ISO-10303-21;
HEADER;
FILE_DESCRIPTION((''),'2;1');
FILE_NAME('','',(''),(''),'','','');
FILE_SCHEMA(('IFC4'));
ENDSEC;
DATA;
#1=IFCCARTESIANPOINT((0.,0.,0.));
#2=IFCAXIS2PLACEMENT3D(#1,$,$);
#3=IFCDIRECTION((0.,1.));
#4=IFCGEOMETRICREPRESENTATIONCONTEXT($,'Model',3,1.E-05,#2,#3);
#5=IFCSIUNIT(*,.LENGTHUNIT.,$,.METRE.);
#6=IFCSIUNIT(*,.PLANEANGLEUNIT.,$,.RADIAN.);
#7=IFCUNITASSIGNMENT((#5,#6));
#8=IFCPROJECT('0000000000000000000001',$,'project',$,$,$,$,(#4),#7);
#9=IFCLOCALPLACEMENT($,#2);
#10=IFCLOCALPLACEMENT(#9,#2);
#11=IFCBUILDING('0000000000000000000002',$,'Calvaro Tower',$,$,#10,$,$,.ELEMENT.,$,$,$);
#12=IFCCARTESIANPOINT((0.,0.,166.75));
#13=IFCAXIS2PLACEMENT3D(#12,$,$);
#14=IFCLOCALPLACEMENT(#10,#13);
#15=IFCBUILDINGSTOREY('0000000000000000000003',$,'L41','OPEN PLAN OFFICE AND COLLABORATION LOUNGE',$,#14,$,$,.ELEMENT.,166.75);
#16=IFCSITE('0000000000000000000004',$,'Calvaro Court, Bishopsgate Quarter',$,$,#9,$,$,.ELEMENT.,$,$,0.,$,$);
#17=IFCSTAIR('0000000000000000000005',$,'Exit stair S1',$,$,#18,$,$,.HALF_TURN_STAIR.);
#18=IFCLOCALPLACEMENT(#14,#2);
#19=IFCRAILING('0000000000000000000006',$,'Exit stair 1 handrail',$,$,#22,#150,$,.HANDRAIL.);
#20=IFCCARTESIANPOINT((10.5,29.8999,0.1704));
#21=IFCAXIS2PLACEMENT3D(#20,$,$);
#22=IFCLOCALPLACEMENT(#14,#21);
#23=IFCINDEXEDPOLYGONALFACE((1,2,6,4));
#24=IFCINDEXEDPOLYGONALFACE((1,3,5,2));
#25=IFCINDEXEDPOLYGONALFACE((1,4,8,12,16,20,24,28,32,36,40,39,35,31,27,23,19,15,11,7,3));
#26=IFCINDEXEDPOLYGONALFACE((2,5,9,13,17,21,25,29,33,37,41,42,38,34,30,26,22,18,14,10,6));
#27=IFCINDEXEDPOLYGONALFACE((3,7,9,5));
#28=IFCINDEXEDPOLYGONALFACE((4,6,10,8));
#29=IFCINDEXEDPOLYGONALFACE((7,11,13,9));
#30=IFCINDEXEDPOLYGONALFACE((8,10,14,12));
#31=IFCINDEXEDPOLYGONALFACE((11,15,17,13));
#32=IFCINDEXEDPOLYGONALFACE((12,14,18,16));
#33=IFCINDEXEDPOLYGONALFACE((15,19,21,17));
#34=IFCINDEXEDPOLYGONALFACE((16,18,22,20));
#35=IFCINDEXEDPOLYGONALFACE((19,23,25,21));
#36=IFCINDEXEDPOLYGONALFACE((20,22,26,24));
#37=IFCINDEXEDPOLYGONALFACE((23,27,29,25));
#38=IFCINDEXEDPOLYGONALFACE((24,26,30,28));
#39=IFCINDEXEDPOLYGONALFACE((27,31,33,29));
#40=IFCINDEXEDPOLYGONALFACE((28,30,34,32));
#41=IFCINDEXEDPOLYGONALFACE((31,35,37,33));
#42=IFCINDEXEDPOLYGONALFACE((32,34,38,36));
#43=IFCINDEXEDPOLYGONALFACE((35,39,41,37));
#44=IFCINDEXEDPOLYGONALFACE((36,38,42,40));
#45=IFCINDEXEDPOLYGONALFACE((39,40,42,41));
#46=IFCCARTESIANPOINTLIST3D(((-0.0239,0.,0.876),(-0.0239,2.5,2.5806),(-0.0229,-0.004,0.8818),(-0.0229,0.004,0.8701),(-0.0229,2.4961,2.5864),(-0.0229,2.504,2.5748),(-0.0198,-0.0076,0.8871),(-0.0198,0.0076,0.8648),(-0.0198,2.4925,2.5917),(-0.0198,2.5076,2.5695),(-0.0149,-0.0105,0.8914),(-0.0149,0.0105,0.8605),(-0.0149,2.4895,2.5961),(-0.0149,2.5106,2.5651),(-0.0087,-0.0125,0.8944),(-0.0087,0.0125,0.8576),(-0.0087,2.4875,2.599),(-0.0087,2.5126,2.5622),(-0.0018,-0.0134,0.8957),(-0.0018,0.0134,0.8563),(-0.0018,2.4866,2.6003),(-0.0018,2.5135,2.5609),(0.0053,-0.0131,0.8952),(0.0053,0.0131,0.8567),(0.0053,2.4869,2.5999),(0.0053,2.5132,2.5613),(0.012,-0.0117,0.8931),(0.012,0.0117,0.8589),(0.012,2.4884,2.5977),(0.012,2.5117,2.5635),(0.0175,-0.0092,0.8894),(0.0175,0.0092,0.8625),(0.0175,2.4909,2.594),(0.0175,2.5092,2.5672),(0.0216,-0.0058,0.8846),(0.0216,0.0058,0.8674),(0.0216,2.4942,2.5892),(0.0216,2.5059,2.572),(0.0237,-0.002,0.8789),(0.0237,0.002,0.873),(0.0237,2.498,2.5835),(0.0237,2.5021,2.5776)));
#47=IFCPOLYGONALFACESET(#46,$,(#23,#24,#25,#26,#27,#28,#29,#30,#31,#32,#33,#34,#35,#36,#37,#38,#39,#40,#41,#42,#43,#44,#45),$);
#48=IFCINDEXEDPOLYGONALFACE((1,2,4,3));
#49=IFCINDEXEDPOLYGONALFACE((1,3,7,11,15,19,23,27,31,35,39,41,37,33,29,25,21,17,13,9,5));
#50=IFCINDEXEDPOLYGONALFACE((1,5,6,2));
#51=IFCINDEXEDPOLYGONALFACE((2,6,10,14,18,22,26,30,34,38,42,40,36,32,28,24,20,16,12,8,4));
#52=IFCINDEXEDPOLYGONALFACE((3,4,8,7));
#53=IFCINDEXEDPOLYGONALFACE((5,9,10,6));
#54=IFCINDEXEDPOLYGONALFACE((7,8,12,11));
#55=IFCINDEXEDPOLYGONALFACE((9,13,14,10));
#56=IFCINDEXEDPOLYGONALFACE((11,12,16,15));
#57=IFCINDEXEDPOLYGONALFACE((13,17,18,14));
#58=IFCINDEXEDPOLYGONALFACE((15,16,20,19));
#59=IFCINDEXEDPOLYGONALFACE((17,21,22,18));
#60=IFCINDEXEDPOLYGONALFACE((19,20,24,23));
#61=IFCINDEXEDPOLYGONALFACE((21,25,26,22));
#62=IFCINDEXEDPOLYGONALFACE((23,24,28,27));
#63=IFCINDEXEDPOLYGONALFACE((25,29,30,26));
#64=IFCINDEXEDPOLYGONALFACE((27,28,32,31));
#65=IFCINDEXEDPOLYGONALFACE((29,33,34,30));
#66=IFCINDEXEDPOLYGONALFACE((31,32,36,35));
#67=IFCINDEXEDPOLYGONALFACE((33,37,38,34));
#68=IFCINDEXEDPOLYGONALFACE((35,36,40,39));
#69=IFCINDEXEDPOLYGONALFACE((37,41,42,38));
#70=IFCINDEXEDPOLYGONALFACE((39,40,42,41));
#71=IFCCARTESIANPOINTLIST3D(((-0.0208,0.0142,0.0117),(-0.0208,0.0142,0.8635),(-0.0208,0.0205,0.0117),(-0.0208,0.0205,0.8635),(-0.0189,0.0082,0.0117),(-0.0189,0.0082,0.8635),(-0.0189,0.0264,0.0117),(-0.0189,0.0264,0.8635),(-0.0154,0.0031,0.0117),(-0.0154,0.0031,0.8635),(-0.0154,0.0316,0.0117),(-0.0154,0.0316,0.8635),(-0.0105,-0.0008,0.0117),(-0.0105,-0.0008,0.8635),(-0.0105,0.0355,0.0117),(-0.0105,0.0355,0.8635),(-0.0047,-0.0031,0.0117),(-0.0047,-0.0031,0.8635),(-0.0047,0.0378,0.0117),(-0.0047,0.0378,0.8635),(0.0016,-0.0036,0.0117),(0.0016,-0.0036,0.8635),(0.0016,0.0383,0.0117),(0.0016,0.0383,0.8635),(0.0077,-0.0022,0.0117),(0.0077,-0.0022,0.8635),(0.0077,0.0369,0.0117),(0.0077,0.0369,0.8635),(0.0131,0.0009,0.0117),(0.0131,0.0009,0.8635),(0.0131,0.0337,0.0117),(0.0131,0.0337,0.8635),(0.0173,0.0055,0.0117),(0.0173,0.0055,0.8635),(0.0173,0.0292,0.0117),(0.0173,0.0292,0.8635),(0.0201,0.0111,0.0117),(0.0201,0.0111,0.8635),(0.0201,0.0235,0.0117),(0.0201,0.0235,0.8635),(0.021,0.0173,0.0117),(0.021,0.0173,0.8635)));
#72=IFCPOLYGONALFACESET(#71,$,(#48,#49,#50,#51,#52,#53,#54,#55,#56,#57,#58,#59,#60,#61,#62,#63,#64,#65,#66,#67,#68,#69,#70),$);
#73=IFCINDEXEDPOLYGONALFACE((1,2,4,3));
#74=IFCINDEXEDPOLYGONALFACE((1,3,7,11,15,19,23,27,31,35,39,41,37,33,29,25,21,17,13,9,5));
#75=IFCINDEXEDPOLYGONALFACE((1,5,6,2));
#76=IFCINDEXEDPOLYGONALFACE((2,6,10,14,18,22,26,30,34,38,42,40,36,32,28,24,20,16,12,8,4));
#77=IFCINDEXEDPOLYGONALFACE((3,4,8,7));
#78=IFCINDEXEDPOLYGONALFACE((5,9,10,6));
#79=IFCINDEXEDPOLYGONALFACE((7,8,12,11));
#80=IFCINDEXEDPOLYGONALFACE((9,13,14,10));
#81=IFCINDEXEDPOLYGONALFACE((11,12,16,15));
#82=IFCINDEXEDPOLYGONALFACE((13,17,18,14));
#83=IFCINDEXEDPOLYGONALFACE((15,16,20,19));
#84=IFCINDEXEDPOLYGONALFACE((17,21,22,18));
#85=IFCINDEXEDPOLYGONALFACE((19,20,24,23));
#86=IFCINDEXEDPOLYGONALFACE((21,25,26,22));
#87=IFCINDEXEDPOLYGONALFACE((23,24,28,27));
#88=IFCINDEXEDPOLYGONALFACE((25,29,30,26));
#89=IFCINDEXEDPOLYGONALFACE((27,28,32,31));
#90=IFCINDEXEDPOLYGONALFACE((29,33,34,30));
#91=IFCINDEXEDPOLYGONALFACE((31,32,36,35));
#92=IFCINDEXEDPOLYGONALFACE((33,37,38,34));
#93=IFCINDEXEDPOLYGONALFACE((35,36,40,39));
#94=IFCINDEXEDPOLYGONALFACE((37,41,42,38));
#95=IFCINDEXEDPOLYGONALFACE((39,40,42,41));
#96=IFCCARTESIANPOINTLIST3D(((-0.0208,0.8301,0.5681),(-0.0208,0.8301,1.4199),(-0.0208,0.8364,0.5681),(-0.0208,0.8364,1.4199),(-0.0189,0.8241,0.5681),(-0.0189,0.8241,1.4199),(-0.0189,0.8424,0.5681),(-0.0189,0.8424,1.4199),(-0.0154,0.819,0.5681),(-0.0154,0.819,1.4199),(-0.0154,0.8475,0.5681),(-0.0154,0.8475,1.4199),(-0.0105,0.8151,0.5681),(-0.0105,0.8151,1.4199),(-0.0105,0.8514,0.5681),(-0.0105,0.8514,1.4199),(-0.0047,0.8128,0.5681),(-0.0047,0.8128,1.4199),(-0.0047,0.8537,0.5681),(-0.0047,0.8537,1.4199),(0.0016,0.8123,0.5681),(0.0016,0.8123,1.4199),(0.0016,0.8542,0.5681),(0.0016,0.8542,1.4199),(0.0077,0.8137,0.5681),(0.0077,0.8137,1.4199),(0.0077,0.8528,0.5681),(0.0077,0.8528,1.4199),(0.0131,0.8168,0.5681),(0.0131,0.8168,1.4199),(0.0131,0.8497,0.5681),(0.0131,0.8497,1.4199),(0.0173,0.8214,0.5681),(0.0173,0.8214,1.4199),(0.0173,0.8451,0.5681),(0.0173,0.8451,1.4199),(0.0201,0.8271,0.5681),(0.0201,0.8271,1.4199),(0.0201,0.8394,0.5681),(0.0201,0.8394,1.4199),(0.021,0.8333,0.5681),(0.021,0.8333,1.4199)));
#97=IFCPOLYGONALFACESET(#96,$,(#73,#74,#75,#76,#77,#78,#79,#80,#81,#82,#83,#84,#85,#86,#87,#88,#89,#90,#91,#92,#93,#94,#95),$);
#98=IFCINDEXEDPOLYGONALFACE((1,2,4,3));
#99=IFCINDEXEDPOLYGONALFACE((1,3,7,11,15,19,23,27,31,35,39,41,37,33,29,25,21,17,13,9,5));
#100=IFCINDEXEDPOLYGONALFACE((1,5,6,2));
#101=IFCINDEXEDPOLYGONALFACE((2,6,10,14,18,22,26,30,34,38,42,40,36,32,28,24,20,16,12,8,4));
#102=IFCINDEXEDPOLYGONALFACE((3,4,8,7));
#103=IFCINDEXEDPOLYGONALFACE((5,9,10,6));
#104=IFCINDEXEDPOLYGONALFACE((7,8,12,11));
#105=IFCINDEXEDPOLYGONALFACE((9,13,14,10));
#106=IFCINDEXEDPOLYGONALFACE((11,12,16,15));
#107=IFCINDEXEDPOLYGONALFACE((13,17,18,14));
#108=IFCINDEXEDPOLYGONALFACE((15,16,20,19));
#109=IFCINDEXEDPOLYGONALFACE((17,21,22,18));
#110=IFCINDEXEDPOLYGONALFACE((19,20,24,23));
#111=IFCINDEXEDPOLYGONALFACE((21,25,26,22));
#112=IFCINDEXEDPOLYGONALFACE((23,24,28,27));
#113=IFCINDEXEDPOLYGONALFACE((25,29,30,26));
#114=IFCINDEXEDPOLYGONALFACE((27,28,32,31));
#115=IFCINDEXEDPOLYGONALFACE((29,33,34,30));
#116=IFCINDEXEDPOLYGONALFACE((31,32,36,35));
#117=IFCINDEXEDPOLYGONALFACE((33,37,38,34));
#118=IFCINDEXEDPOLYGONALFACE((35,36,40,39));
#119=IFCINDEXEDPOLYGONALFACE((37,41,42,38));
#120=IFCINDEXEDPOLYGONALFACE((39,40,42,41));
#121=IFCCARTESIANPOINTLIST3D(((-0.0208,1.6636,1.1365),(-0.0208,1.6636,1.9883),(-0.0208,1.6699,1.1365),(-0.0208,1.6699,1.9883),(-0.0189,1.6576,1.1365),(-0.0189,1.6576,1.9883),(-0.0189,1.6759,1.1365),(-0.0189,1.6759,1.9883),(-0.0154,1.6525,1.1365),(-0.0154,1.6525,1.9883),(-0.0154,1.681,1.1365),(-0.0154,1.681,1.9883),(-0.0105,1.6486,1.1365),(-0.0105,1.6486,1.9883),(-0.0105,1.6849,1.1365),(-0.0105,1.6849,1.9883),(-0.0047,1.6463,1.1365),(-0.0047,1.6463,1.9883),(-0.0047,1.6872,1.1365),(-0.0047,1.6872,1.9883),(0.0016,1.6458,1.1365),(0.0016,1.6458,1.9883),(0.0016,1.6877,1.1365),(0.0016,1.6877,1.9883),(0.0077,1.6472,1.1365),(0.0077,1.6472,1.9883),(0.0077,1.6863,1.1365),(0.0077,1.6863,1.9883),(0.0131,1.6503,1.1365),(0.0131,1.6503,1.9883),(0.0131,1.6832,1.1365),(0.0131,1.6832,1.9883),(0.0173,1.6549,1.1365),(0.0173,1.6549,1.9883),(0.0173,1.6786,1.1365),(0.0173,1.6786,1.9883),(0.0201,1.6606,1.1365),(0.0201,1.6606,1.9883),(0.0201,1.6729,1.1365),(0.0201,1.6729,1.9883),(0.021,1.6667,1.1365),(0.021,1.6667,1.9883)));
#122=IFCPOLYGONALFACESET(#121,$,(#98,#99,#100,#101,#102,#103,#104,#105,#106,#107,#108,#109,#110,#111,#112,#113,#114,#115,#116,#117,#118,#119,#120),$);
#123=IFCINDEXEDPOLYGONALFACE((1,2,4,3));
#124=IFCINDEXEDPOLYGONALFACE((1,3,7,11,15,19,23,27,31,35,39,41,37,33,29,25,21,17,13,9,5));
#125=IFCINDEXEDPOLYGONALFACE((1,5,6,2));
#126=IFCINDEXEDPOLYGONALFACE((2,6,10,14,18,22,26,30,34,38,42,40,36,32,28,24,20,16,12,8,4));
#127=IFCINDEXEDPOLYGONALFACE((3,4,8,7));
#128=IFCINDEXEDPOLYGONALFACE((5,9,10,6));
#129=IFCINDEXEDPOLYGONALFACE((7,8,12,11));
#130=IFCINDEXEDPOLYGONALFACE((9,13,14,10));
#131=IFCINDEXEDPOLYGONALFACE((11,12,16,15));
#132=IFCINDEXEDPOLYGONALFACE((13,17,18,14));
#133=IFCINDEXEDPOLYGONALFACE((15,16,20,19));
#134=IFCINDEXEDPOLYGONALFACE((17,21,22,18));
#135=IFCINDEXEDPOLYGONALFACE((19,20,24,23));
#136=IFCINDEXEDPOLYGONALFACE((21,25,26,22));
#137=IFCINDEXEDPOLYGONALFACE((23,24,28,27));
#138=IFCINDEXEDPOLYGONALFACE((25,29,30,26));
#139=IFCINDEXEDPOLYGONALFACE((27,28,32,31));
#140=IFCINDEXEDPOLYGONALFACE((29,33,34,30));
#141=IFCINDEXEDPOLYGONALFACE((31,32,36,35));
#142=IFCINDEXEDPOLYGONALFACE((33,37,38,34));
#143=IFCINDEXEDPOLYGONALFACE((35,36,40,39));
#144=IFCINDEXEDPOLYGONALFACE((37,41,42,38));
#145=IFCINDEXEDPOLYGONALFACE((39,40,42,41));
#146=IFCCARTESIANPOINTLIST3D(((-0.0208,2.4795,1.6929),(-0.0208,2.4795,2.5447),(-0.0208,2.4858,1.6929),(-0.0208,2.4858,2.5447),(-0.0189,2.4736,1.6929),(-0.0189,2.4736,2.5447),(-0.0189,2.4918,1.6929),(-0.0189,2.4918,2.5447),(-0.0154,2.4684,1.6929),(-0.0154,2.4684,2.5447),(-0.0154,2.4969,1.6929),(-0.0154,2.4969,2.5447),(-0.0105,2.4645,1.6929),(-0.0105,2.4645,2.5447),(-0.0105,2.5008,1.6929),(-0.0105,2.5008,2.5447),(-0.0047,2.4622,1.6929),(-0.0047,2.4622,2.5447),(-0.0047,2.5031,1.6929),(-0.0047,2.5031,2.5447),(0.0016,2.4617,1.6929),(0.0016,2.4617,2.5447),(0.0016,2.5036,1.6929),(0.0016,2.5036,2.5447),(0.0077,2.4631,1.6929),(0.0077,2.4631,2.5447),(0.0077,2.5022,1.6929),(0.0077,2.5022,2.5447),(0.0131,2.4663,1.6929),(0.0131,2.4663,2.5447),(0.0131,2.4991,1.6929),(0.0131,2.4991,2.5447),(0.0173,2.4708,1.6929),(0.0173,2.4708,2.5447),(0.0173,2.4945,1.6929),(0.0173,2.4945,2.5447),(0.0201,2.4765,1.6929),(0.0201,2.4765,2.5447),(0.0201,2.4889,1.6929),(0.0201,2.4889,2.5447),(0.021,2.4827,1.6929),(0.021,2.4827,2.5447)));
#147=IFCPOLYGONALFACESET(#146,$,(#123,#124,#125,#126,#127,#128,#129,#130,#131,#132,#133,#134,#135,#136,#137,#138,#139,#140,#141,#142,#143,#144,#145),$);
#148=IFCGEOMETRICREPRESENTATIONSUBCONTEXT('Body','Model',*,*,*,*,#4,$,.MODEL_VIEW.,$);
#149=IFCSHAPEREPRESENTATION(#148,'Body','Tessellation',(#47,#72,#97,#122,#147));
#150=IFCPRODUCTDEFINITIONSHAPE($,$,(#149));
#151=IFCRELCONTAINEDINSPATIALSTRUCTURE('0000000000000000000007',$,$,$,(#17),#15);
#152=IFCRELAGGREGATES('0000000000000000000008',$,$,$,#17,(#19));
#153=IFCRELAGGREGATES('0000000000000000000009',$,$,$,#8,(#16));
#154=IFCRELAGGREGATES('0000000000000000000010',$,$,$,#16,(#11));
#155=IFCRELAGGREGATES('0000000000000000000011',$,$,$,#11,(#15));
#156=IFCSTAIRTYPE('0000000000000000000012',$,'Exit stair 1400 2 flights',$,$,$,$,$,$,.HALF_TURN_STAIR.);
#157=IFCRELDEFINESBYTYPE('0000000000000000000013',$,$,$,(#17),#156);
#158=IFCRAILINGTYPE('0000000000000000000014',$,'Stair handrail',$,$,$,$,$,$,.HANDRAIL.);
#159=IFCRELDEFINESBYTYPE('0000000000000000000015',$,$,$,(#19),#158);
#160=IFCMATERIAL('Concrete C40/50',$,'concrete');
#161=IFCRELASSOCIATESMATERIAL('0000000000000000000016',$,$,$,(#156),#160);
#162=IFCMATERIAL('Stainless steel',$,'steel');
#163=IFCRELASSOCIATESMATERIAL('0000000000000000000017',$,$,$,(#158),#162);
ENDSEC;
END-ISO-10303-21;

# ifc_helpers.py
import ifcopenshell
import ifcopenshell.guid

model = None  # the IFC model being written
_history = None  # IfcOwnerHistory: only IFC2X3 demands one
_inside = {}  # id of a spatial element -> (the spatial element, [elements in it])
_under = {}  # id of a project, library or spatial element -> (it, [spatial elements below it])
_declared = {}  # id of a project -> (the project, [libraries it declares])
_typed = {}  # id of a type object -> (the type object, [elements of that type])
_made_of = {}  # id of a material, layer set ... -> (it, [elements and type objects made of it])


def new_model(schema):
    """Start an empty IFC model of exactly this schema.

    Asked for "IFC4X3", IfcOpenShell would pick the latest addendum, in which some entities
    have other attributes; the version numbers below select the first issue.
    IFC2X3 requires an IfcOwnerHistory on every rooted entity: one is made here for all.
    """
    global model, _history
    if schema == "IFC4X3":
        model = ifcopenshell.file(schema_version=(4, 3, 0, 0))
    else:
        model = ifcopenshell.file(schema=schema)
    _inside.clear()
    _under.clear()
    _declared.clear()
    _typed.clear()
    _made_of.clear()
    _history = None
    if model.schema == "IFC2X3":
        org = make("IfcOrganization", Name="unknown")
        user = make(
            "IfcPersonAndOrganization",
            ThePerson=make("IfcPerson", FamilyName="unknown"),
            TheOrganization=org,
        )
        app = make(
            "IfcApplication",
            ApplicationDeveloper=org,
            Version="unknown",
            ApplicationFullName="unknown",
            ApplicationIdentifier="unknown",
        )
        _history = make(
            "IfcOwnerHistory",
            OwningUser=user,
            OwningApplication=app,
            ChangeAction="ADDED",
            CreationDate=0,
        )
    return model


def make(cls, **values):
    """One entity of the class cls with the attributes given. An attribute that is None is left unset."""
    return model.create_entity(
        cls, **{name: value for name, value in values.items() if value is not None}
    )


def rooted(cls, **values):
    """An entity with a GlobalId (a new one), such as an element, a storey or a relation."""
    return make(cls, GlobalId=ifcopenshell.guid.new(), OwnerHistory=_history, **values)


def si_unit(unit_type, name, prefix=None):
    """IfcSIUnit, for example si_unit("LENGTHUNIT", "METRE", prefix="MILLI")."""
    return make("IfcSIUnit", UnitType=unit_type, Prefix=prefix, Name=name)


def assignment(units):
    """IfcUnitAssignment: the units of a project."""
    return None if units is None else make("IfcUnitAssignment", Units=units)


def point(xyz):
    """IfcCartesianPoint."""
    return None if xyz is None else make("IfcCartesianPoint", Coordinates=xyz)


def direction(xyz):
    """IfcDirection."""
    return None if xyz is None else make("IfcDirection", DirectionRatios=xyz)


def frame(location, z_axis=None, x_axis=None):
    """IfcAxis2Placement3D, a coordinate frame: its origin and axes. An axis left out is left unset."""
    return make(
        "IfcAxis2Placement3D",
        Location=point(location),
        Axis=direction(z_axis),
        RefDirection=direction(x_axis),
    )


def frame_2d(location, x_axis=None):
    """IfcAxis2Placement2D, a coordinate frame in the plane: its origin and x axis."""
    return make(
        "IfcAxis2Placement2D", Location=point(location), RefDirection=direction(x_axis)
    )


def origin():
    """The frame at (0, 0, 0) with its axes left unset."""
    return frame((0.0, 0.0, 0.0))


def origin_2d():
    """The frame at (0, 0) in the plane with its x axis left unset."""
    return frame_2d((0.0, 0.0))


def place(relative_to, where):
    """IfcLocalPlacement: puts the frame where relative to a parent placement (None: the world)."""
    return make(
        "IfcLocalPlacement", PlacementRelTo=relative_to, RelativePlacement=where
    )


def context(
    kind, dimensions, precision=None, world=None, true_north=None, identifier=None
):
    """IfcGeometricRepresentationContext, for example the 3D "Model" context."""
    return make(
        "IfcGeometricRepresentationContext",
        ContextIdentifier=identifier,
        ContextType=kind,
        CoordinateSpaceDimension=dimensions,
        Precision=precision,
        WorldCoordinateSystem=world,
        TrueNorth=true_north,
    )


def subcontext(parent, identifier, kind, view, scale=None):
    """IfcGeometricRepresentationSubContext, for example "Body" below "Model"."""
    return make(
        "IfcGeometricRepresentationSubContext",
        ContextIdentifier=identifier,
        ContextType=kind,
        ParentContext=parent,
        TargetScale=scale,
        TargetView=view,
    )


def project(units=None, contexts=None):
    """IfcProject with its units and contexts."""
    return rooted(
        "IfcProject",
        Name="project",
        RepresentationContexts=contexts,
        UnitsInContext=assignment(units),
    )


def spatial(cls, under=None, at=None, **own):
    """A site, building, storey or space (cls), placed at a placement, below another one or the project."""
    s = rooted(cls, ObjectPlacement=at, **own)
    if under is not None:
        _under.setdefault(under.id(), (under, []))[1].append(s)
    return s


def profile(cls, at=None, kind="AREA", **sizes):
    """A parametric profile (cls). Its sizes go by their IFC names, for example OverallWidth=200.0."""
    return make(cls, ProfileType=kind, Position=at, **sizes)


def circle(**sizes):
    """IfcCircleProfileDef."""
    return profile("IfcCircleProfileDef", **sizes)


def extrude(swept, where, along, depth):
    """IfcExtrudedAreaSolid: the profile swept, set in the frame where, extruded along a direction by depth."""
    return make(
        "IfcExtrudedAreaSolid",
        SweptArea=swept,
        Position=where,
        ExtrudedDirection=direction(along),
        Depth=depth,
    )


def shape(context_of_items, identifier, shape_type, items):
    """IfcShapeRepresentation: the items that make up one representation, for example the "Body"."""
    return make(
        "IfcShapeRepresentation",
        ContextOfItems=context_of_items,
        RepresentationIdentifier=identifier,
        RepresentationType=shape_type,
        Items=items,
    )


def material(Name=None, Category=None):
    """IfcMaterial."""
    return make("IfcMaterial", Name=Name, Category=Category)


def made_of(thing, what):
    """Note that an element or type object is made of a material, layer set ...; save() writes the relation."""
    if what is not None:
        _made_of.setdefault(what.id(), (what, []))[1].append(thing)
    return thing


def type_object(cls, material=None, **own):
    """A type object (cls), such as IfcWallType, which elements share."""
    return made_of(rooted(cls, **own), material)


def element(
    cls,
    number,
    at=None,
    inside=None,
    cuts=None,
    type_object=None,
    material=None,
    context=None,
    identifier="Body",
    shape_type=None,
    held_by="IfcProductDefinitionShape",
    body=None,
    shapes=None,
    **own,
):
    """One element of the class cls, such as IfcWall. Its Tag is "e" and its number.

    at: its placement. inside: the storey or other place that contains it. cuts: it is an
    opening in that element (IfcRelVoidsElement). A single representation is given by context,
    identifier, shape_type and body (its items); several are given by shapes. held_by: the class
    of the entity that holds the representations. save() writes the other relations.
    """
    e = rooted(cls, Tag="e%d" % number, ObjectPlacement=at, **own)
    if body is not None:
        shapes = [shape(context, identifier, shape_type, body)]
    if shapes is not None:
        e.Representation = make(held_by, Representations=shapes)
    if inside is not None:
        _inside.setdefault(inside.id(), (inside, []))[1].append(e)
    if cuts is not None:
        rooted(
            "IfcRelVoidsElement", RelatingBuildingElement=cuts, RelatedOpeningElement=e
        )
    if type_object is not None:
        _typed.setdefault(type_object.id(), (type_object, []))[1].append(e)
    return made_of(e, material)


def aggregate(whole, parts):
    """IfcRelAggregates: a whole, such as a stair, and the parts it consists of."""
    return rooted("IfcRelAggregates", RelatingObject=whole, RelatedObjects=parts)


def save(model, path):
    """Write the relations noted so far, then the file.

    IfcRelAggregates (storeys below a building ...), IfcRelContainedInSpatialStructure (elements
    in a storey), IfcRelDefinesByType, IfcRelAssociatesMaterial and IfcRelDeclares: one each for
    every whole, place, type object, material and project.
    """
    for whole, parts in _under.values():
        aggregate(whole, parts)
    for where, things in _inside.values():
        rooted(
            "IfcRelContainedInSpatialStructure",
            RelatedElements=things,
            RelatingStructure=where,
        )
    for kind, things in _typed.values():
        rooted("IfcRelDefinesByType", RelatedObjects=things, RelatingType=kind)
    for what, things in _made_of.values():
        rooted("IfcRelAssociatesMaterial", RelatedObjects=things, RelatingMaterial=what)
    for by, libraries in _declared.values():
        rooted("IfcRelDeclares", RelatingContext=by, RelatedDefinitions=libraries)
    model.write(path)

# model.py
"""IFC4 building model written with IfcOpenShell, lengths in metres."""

from ifc_helpers import new_model, si_unit, direction, frame, origin, origin_2d, place, context, subcontext, project, spatial, circle, extrude, material, type_object, element, aggregate, save


model = new_model("IFC4")

# Units and contexts
model_context = context("Model", 3, precision=1e-05, world=origin(), true_north=direction((0.0, 1.0)))
body_context = subcontext(model_context, "Body", "Model", "MODEL_VIEW")
ifc_project = project(units=[si_unit("LENGTHUNIT", "METRE"), si_unit("PLANEANGLEUNIT", "RADIAN")], contexts=[model_context])

# Site, building, storey
site_placement = place(None, origin())
site = spatial("IfcSite", under=ifc_project, at=site_placement, Name="Calvaro Court, Bishopsgate Quarter", CompositionType="ELEMENT", RefElevation=0.0)
building_placement = place(site_placement, origin())
building = spatial("IfcBuilding", under=site, at=building_placement, Name="Calvaro Tower", CompositionType="ELEMENT")
storey_placement = place(building_placement, frame((0.0, 0.0, 166.75)))
storey = spatial("IfcBuildingStorey", under=building, at=storey_placement, Name="L41", Description="OPEN PLAN OFFICE AND COLLABORATION LOUNGE", CompositionType="ELEMENT", Elevation=166.75)

# Stair, railing
ifc_material_1 = material(Name="Concrete C40/50", Category="concrete")
stair_type = type_object("IfcStairType", Name="Exit stair 1400 2 flights", PredefinedType="HALF_TURN_STAIR", material=ifc_material_1)
stair_placement = place(storey_placement, origin())
stair = element("IfcStair", 1, at=stair_placement, inside=storey, type_object=stair_type, Name="Exit stair S1", PredefinedType="HALF_TURN_STAIR")
ifc_material_2 = material(Name="Stainless steel", Category="steel")
railing_type = type_object("IfcRailingType", Name="Stair handrail", PredefinedType="HANDRAIL", material=ifc_material_2)
railing_placement = place(storey_placement, frame((10.5, 29.8999, 0.1704)))
railing = element("IfcRailing", 2, at=railing_placement, type_object=railing_type, Name="Exit stair 1 handrail", PredefinedType="HANDRAIL", context=body_context, shape_type="SweptSolid", body=[
    extrude(circle(Radius=0.0239, at=origin_2d()), frame((0.0, 0.0, 0.876), z_axis=(0.0, 0.826221, 0.563347), x_axis=(-1.0, 0.0, 0.0)), (0.0, 0.0, 1.0), 3.0259),
    extrude(circle(Radius=0.021, at=origin_2d()), frame((0.0, 0.0173, 0.0117)), (0.0, 0.0, 1.0), 0.8518),
    extrude(circle(Radius=0.021, at=origin_2d()), frame((0.0, 0.8333, 0.5681)), (0.0, 0.0, 1.0), 0.8518),
    extrude(circle(Radius=0.021, at=origin_2d()), frame((0.0, 1.6667, 1.1365)), (0.0, 0.0, 1.0), 0.8518),
    extrude(circle(Radius=0.021, at=origin_2d()), frame((0.0, 2.4827, 1.6929)), (0.0, 0.0, 1.0), 0.8518),
])
aggregate(stair, [railing])

save(model, "model.ifc")
